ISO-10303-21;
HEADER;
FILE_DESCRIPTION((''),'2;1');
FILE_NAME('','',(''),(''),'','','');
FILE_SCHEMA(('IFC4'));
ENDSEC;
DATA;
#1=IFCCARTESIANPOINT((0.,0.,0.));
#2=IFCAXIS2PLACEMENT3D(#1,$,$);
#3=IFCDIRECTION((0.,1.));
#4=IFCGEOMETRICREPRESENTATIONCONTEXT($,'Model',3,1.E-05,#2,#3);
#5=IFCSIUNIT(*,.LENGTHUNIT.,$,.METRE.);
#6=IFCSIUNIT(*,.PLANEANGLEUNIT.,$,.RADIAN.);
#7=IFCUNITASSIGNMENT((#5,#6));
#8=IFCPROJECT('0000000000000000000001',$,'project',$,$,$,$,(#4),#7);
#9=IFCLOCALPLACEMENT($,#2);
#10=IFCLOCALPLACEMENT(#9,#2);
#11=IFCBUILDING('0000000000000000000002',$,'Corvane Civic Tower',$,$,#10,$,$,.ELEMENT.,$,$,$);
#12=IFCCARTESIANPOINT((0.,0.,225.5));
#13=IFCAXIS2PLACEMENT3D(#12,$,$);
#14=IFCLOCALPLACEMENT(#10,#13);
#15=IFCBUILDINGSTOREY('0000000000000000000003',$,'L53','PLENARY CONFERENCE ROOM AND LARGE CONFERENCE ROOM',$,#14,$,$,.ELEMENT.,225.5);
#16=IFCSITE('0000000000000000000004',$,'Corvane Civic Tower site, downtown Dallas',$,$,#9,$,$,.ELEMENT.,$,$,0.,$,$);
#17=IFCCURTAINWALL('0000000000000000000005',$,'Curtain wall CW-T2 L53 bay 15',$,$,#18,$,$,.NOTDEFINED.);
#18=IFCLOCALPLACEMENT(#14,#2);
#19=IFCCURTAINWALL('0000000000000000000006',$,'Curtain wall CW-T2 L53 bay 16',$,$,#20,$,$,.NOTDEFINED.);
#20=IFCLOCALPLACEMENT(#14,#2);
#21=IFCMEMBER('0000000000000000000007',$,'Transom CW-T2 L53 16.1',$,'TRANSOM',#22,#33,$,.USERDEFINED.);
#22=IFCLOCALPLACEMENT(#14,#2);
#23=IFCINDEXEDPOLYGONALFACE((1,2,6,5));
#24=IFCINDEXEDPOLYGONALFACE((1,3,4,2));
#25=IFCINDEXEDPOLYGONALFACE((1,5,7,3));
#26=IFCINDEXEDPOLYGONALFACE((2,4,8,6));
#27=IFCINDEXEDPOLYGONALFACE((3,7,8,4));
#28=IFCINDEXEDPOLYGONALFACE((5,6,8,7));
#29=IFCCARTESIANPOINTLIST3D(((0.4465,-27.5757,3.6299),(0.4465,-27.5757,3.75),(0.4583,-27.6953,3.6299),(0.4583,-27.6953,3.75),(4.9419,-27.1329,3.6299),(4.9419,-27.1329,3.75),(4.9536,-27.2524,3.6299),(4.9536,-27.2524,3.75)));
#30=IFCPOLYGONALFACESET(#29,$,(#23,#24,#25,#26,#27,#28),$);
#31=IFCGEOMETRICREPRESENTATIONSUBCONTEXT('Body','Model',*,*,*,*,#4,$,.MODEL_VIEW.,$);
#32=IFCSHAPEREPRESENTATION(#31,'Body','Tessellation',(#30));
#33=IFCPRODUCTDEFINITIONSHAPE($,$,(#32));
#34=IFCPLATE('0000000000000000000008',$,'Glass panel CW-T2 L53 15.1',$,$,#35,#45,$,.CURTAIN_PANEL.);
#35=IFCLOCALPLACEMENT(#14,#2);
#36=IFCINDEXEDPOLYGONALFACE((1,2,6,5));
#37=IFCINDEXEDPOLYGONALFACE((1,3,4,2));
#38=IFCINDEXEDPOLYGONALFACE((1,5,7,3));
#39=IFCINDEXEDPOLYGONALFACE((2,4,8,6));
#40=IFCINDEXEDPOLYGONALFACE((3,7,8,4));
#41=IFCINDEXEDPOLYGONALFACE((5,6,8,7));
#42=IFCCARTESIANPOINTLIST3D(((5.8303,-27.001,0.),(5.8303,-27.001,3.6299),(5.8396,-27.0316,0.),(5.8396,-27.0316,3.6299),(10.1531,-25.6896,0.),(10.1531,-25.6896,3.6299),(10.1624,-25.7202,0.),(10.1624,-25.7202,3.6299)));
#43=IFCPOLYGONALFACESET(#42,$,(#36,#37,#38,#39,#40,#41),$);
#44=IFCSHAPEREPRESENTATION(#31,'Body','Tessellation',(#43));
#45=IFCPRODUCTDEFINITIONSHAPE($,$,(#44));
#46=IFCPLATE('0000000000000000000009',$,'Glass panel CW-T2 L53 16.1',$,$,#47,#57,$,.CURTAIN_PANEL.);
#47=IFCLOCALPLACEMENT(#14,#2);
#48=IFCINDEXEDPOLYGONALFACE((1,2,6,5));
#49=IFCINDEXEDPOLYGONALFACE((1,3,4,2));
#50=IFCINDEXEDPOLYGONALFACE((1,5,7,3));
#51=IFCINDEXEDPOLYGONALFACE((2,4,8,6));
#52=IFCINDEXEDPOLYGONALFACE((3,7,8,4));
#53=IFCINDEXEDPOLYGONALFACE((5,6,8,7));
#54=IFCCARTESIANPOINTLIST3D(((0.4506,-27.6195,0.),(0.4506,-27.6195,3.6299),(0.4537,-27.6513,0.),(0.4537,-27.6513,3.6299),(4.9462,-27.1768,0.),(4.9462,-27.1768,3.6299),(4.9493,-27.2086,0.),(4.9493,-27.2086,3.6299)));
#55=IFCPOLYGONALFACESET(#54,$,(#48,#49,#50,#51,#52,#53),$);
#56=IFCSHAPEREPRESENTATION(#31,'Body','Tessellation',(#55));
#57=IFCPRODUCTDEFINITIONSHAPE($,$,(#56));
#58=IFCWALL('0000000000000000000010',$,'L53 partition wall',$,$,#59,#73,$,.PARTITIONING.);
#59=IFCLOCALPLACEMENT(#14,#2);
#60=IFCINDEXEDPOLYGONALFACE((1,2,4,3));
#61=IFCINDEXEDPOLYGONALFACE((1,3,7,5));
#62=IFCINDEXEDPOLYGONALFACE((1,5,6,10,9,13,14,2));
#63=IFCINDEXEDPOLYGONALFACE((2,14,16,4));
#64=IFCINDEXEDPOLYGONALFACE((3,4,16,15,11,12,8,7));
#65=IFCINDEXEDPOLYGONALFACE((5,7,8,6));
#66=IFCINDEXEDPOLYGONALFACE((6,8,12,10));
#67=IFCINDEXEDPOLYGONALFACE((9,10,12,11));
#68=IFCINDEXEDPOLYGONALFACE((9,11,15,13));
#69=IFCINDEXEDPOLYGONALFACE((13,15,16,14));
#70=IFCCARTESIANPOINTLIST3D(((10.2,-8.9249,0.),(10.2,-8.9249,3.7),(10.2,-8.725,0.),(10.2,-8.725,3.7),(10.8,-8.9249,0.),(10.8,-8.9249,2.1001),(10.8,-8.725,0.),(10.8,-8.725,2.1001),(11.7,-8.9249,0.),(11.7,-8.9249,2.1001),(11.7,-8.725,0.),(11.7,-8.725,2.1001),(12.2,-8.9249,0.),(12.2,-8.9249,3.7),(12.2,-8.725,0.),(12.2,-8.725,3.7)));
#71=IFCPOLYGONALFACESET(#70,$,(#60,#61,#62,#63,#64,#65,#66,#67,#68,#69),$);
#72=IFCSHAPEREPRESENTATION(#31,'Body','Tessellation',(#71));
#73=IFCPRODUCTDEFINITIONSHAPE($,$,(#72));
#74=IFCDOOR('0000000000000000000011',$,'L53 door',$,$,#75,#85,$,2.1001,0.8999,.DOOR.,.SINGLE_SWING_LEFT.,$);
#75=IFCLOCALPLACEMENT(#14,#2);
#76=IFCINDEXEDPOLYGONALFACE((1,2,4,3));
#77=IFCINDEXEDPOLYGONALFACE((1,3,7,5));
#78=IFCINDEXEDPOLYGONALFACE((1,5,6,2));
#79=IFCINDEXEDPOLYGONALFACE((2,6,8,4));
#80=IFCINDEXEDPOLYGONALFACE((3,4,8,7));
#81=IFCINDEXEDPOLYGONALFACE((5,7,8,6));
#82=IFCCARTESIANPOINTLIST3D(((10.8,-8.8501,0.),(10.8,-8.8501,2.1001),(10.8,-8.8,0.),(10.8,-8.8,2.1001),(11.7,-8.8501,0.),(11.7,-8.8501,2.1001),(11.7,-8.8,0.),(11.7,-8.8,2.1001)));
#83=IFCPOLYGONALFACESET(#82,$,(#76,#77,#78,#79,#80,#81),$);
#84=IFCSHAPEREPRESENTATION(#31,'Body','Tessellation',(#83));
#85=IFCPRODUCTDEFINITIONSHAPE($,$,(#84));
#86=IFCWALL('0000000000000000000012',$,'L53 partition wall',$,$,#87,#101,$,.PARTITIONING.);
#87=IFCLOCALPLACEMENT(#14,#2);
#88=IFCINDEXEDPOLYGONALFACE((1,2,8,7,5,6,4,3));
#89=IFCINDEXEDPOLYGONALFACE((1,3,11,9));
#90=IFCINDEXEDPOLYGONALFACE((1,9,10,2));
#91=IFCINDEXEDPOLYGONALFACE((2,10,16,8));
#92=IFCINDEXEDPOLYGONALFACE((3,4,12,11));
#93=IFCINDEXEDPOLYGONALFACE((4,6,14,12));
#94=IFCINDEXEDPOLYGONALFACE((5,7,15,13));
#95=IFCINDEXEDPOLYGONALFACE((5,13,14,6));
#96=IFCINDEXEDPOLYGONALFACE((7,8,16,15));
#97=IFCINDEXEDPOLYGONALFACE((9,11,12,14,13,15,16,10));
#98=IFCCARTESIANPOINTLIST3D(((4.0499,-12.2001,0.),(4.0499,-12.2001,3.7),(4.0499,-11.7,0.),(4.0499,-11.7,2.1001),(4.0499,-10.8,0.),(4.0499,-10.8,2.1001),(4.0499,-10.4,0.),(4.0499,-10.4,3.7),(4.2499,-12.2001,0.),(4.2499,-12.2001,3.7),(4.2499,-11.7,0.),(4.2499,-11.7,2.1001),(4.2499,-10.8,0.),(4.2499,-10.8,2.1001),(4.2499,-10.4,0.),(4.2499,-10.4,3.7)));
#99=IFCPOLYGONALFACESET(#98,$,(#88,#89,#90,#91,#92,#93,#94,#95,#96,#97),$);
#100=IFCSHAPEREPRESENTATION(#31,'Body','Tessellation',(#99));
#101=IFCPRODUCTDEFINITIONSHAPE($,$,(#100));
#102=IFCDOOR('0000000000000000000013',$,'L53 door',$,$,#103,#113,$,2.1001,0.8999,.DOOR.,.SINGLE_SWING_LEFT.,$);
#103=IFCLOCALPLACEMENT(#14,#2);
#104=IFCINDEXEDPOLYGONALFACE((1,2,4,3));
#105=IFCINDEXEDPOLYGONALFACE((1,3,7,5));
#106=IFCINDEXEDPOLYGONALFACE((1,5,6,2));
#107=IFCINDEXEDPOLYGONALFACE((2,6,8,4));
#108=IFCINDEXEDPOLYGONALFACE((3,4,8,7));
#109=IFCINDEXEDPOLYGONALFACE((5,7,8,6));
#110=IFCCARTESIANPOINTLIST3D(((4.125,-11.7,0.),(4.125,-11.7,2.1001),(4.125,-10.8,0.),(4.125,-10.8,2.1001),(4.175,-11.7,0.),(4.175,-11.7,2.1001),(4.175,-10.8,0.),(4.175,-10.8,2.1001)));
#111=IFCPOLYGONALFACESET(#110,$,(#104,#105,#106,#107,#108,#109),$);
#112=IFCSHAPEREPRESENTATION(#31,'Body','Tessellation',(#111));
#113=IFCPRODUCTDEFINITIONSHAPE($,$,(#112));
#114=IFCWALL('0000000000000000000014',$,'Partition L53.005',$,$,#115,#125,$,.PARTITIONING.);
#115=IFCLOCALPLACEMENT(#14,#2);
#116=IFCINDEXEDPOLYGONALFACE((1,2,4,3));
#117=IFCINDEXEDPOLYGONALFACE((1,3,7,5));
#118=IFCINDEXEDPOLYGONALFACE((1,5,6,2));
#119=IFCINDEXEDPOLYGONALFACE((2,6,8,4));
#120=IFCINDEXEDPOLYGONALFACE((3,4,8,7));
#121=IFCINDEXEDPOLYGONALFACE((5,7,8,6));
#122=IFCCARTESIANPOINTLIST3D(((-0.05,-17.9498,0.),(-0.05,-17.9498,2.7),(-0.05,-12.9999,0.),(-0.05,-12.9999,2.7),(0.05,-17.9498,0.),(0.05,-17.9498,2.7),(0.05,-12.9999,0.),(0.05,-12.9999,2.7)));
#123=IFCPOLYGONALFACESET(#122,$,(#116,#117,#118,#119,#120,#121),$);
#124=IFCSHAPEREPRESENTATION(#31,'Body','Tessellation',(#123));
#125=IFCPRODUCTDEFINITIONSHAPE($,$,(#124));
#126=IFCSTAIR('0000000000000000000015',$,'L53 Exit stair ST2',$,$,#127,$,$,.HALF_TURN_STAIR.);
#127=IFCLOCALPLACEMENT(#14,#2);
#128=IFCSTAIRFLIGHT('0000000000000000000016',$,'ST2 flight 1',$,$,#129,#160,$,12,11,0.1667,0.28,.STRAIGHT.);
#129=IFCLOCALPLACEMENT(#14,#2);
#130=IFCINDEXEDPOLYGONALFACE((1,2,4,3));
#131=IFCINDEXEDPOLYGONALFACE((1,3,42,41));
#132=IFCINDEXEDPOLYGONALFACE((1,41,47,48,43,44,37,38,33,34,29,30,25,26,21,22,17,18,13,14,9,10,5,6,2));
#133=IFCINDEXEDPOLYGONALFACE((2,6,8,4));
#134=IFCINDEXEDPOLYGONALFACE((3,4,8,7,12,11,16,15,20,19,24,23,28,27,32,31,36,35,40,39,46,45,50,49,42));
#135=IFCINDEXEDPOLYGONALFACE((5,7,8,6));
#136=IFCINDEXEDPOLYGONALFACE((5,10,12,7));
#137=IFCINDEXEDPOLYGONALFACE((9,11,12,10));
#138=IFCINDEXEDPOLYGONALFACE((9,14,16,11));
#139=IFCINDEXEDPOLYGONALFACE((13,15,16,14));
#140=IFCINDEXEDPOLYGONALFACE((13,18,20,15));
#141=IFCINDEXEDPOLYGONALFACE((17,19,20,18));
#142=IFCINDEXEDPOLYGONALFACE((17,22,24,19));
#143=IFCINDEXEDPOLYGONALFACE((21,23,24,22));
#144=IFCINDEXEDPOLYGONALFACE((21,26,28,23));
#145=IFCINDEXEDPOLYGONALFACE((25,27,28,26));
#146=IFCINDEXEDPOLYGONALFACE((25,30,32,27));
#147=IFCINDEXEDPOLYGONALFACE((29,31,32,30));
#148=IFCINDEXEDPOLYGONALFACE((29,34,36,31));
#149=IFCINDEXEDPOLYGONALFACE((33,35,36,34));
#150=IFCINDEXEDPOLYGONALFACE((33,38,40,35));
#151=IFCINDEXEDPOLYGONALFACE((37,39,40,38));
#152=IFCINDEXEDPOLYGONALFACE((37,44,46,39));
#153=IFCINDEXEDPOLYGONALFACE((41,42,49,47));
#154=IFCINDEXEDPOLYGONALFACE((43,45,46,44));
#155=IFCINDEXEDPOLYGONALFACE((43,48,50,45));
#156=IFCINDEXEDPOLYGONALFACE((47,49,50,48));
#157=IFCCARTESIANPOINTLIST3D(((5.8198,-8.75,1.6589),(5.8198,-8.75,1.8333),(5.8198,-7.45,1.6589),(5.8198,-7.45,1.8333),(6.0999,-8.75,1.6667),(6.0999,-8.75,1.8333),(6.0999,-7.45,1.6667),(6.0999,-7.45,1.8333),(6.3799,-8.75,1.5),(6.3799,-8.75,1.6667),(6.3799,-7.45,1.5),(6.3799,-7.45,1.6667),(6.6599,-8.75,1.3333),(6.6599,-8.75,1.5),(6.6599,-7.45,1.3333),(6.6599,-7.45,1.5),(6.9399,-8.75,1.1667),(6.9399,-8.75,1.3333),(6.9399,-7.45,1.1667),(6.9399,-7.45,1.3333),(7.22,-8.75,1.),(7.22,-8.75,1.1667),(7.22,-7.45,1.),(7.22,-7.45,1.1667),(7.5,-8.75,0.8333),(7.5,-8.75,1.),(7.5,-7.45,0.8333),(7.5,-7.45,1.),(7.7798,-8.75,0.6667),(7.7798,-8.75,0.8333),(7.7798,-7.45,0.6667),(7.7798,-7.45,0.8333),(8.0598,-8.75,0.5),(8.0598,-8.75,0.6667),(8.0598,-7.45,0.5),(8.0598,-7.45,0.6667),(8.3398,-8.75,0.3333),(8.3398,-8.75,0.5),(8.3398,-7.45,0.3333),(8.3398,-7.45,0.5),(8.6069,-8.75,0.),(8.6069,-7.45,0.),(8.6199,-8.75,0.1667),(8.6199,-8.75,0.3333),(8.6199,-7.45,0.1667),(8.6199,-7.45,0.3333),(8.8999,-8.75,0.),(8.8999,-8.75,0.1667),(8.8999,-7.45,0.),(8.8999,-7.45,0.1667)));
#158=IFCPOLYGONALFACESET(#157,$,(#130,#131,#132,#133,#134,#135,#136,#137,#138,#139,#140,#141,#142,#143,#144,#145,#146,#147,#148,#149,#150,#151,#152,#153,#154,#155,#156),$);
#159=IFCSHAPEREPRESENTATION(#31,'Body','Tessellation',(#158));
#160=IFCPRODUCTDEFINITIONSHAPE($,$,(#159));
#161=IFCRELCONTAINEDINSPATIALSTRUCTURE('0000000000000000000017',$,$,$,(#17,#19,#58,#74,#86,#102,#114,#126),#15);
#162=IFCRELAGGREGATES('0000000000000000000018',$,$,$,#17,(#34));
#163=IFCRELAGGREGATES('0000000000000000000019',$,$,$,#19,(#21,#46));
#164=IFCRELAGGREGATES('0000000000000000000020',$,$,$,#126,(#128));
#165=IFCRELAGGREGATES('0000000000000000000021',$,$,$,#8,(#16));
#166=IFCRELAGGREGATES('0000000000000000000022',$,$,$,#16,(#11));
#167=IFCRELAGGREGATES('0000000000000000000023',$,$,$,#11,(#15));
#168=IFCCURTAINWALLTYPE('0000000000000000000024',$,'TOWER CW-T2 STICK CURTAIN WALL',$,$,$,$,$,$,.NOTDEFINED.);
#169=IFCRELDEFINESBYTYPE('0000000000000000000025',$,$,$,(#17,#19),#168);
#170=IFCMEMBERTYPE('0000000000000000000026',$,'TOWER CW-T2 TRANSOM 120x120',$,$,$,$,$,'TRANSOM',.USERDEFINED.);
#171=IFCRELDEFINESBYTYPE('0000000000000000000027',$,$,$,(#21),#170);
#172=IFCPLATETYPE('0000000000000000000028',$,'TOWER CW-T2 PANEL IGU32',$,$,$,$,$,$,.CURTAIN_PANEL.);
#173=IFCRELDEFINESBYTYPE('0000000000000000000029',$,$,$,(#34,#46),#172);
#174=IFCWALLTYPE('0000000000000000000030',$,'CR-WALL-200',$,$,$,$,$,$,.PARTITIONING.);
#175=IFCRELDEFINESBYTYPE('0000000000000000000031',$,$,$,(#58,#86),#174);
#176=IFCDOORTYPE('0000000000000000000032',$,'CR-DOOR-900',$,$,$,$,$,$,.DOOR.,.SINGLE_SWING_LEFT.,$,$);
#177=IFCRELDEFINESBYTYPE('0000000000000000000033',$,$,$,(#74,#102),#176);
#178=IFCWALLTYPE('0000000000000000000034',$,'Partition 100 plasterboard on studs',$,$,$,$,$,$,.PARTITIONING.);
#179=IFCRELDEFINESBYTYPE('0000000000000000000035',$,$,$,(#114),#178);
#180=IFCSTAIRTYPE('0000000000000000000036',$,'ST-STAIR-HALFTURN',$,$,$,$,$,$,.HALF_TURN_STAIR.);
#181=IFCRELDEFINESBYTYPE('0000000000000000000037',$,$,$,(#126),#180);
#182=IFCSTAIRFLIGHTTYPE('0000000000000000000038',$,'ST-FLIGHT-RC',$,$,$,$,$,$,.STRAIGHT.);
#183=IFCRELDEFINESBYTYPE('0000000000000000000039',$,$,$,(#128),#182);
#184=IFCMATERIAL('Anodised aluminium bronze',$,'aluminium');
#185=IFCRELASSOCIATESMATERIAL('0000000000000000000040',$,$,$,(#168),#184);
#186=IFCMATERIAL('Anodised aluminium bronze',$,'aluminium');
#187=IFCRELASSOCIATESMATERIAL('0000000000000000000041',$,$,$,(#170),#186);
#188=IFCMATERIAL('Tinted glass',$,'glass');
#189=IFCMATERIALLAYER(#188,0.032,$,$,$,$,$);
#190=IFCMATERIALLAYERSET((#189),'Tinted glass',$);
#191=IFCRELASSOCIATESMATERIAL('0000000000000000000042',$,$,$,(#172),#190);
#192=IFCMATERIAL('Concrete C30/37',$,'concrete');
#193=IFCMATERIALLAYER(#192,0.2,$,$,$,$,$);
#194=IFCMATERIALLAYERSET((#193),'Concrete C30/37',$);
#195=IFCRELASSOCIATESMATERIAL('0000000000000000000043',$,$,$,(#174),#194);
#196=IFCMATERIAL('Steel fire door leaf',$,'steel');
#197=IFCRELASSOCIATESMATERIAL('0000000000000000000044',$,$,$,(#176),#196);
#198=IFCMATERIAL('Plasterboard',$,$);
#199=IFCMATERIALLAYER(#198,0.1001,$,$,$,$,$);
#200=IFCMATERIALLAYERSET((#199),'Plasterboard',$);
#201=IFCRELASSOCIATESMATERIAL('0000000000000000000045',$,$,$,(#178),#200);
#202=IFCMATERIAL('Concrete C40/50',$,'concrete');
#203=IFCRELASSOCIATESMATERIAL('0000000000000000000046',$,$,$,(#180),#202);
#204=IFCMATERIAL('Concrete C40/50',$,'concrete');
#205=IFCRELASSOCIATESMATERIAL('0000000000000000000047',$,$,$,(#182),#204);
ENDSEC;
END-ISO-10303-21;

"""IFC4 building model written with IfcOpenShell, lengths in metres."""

from ifc_helpers import new_model, si_unit, direction, frame, frame_2d, origin, origin_2d, place, context, subcontext, project, spatial, polyline, rectangle, outline, extrude, material, layer, layer_set, material_profile, profile_set, type_object, element, fill, aggregate, save


model = new_model("IFC4")

# Units and contexts
model_context = context("Model", 3, precision=1e-05, world=origin(), true_north=direction((0.0, 1.0)))
body_context = subcontext(model_context, "Body", "Model", "MODEL_VIEW")
ifc_project = project(units=[si_unit("LENGTHUNIT", "METRE"), si_unit("PLANEANGLEUNIT", "RADIAN")], contexts=[model_context])

# Site, building, storey
site_placement = place(None, origin())
site = spatial("IfcSite", under=ifc_project, at=site_placement, Name="Corvane Civic Tower site, downtown Dallas", CompositionType="ELEMENT", RefElevation=0.0)
building_placement = place(site_placement, origin())
building = spatial("IfcBuilding", under=site, at=building_placement, Name="Corvane Civic Tower", CompositionType="ELEMENT")
storey_placement = place(building_placement, frame((0.0, 0.0, 225.5)))
storey = spatial("IfcBuildingStorey", under=building, at=storey_placement, Name="L53", Description="PLENARY CONFERENCE ROOM AND LARGE CONFERENCE ROOM", CompositionType="ELEMENT", Elevation=225.5)

# Curtain walls, member
ifc_material_1 = material(Name="Anodised aluminium bronze", Category="aluminium")
curtain_wall_type = type_object("IfcCurtainWallType", Name="TOWER CW-T2 STICK CURTAIN WALL", PredefinedType="NOTDEFINED", material=ifc_material_1)
curtain_wall_1_placement = place(storey_placement, origin())
curtain_wall_1 = element("IfcCurtainWall", 1, at=curtain_wall_1_placement, inside=storey, type_object=curtain_wall_type, Name="Curtain wall CW-T2 L53 bay 15", PredefinedType="NOTDEFINED")
ifc_material_2 = material(Name="Anodised aluminium bronze", Category="aluminium")
ifc_material_profile_1 = material_profile(ifc_material_2, rectangle(XDim=0.1201, YDim=0.1201, at=origin_2d()), Name="TOWER CW-T2 TRANSOM 120x120")
ifc_profile_set_1 = profile_set([ifc_material_profile_1], Name="Anodised aluminium bronze")
member_type = type_object("IfcMemberType", Name="TOWER CW-T2 TRANSOM 120x120", ElementType="TRANSOM", PredefinedType="USERDEFINED", material=ifc_profile_set_1)
curtain_wall_2_placement = place(storey_placement, origin())
curtain_wall_2 = element("IfcCurtainWall", 2, at=curtain_wall_2_placement, inside=storey, type_object=curtain_wall_type, Name="Curtain wall CW-T2 L53 bay 16", PredefinedType="NOTDEFINED")
member_1_placement = place(storey_placement, frame((4.9478, -27.1926, 3.6899), z_axis=(-0.995182, -0.098043, 0.0), x_axis=(0.098043, -0.995182, 0.0)))
member_1 = element("IfcMember", 3, at=member_1_placement, type_object=member_type, Name="Transom CW-T2 L53 16.1", ObjectType="TRANSOM", PredefinedType="USERDEFINED", context=body_context, shape_type="SweptSolid", body=[
    extrude(rectangle(XDim=0.1201, YDim=0.1201, at=origin_2d()), origin(), (0.0, 0.0, 1.0), 4.5171),
])

# Plates
ifc_material_3 = material(Name="Tinted glass", Category="glass")
ifc_layer_1 = layer(ifc_material_3, 0.032)
ifc_layer_set_1 = layer_set([ifc_layer_1], Name="Tinted glass")
plate_type = type_object("IfcPlateType", Name="TOWER CW-T2 PANEL IGU32", PredefinedType="CURTAIN_PANEL", material=ifc_layer_set_1)
plate_1_placement = place(storey_placement, frame((7.9963, -26.3606, 0.0), z_axis=(0.0, 0.0, 1.0), x_axis=(-0.956939, -0.29029, 0.0)))
plate_1 = element("IfcPlate", 4, at=plate_1_placement, type_object=plate_type, Name="Glass panel CW-T2 L53 15.1", PredefinedType="CURTAIN_PANEL", context=body_context, shape_type="SweptSolid", body=[
    extrude(rectangle(XDim=4.5173, YDim=0.032, at=origin_2d()), origin(), (0.0, 0.0, 1.0), 3.6299),
])
aggregate(curtain_wall_1, [plate_1])
plate_2_placement = place(storey_placement, frame((2.7, -27.4141, 0.0), z_axis=(0.0, 0.0, 1.0), x_axis=(-0.995187, -0.097993, 0.0)))
plate_2 = element("IfcPlate", 5, at=plate_2_placement, type_object=plate_type, Name="Glass panel CW-T2 L53 16.1", PredefinedType="CURTAIN_PANEL", context=body_context, shape_type="SweptSolid", body=[
    extrude(rectangle(XDim=4.5173, YDim=0.032, at=origin_2d()), origin(), (0.0, 0.0, 1.0), 3.6299),
])
aggregate(curtain_wall_2, [member_1, plate_2])

# Walls, openings, doors
ifc_material_4 = material(Name="Concrete C30/37", Category="concrete")
ifc_layer_2 = layer(ifc_material_4, 0.2)
ifc_layer_set_2 = layer_set([ifc_layer_2], Name="Concrete C30/37")
wall_type_1 = type_object("IfcWallType", Name="CR-WALL-200", PredefinedType="PARTITIONING", material=ifc_layer_set_2)
wall_1_placement = place(storey_placement, frame((10.2, -8.825, 0.0), z_axis=(0.0, 0.0, 1.0), x_axis=(1.0, 0.0, 0.0)))
wall_1 = element("IfcWall", 6, at=wall_1_placement, inside=storey, type_object=wall_type_1, Name="L53 partition wall", PredefinedType="PARTITIONING", context=body_context, shape_type="SweptSolid", body=[
    extrude(rectangle(XDim=2.0, YDim=0.2, at=frame_2d((1.0, 0.0))), origin(), (0.0, 0.0, 1.0), 3.7),
])
opening_1_placement = place(wall_1_placement, frame((0.6001, 0.0, 0.0)))
opening_1 = element("IfcOpeningElement", 7, at=opening_1_placement, cuts=wall_1, PredefinedType="OPENING", context=body_context, shape_type="SweptSolid", body=[
    extrude(rectangle(XDim=0.8999, YDim=2.1001, at=frame_2d((0.45, 1.05))), frame((0.0, 0.1099, 0.0), z_axis=(0.0, -1.0, 0.0), x_axis=(1.0, 0.0, 0.0)), (0.0, 0.0, 1.0), 0.22),
])
ifc_material_5 = material(Name="Steel fire door leaf", Category="steel")
door_type = type_object("IfcDoorType", Name="CR-DOOR-900", OperationType="SINGLE_SWING_LEFT", PredefinedType="DOOR", material=ifc_material_5)
door_1_placement = place(opening_1_placement, origin())
door_1 = element("IfcDoor", 8, at=door_1_placement, inside=storey, type_object=door_type, Name="L53 door", OperationType="SINGLE_SWING_LEFT", OverallHeight=2.1001, OverallWidth=0.8999, PredefinedType="DOOR", context=body_context, shape_type="SweptSolid", body=[
    extrude(rectangle(XDim=0.8999, YDim=2.1001, at=frame_2d((0.45, 1.05))), frame((0.0, 0.0249, 0.0), z_axis=(0.0, -1.0, 0.0), x_axis=(1.0, 0.0, 0.0)), (0.0, 0.0, 1.0), 0.05),
])
fill(opening_1, door_1)
wall_2_placement = place(storey_placement, frame((4.1499, -12.2, 0.0), z_axis=(0.0, 0.0, 1.0), x_axis=(0.0, 1.0, 0.0)))
wall_2 = element("IfcWall", 9, at=wall_2_placement, inside=storey, type_object=wall_type_1, Name="L53 partition wall", PredefinedType="PARTITIONING", context=body_context, shape_type="SweptSolid", body=[
    extrude(rectangle(XDim=1.8, YDim=0.2, at=frame_2d((0.8999, 0.0))), origin(), (0.0, 0.0, 1.0), 3.7),
])
opening_2_placement = place(wall_2_placement, frame((0.5, 0.0, 0.0)))
opening_2 = element("IfcOpeningElement", 10, at=opening_2_placement, cuts=wall_2, PredefinedType="OPENING", context=body_context, shape_type="SweptSolid", body=[
    extrude(rectangle(XDim=0.8999, YDim=2.1001, at=frame_2d((0.45, 1.05))), frame((0.0, 0.1099, 0.0), z_axis=(0.0, -1.0, 0.0), x_axis=(1.0, 0.0, 0.0)), (0.0, 0.0, 1.0), 0.22),
])
door_2_placement = place(opening_2_placement, origin())
door_2 = element("IfcDoor", 11, at=door_2_placement, inside=storey, type_object=door_type, Name="L53 door", OperationType="SINGLE_SWING_LEFT", OverallHeight=2.1001, OverallWidth=0.8999, PredefinedType="DOOR", context=body_context, shape_type="SweptSolid", body=[
    extrude(rectangle(XDim=0.8999, YDim=2.1001, at=frame_2d((0.45, 1.05))), frame((0.0, 0.0249, 0.0), z_axis=(0.0, -1.0, 0.0), x_axis=(1.0, 0.0, 0.0)), (0.0, 0.0, 1.0), 0.05),
])
fill(opening_2, door_2)

# Wall
ifc_material_6 = material(Name="Plasterboard")
ifc_layer_3 = layer(ifc_material_6, 0.1001)
ifc_layer_set_3 = layer_set([ifc_layer_3], Name="Plasterboard")
wall_type_2 = type_object("IfcWallType", Name="Partition 100 plasterboard on studs", PredefinedType="PARTITIONING", material=ifc_layer_set_3)
wall_3_placement = place(storey_placement, frame((0.0, -17.95, 0.0), z_axis=(0.0, 0.0, 1.0), x_axis=(0.0, 1.0, 0.0)))
element("IfcWall", 12, at=wall_3_placement, inside=storey, type_object=wall_type_2, Name="Partition L53.005", PredefinedType="PARTITIONING", context=body_context, shape_type="SweptSolid", body=[
    extrude(rectangle(XDim=4.95, YDim=0.1001, at=frame_2d((2.4751, 0.0))), origin(), (0.0, 0.0, 1.0), 2.7),
])

# Stair, stair flight
ifc_material_7 = material(Name="Concrete C40/50", Category="concrete")
stair_type = type_object("IfcStairType", Name="ST-STAIR-HALFTURN", PredefinedType="HALF_TURN_STAIR", material=ifc_material_7)
stair_placement = place(storey_placement, origin())
stair = element("IfcStair", 13, at=stair_placement, inside=storey, type_object=stair_type, Name="L53 Exit stair ST2", PredefinedType="HALF_TURN_STAIR")
ifc_material_8 = material(Name="Concrete C40/50", Category="concrete")
stair_flight_type = type_object("IfcStairFlightType", Name="ST-FLIGHT-RC", PredefinedType="STRAIGHT", material=ifc_material_8)
stair_flight_1_placement = place(storey_placement, frame((8.8999, -8.1001, 0.0), z_axis=(0.0, 0.0, 1.0), x_axis=(-1.0, 0.0, 0.0)))
stair_flight_1 = element("IfcStairFlight", 14, at=stair_flight_1_placement, type_object=stair_flight_type, Name="ST2 flight 1", NumberOfRisers=12, NumberOfTreads=11, PredefinedType="STRAIGHT", RiserHeight=0.1667, TreadLength=0.28, context=body_context, shape_type="SweptSolid", body=[
    extrude(outline(polyline([(0.0, 0.0), (0.0, 0.1667), (0.28, 0.1667), (0.28, 0.3333), (0.5601, 0.3333), (0.5601, 0.5), (0.8401, 0.5), (0.8401, 0.6667), (1.1201, 0.6667), (1.1201, 0.8333), (1.3999, 0.8333), (1.3999, 1.0), (1.6799, 1.0), (1.6799, 1.1667), (1.96, 1.1667), (1.96, 1.3333), (2.24, 1.3333), (2.24, 1.5), (2.52, 1.5), (2.52, 1.6667), (2.8, 1.6667), (2.8, 1.8333), (3.0801, 1.8333), (3.0801, 2.0), (3.0801, 1.6589), (0.293, 0.0), (0.0, 0.0)])), frame((0.0, 0.6499, 0.0), z_axis=(0.0, -1.0, 0.0), x_axis=(1.0, 0.0, 0.0)), (0.0, 0.0, 1.0), 1.3),
])
aggregate(stair, [stair_flight_1])

save(model, "model.ifc")
